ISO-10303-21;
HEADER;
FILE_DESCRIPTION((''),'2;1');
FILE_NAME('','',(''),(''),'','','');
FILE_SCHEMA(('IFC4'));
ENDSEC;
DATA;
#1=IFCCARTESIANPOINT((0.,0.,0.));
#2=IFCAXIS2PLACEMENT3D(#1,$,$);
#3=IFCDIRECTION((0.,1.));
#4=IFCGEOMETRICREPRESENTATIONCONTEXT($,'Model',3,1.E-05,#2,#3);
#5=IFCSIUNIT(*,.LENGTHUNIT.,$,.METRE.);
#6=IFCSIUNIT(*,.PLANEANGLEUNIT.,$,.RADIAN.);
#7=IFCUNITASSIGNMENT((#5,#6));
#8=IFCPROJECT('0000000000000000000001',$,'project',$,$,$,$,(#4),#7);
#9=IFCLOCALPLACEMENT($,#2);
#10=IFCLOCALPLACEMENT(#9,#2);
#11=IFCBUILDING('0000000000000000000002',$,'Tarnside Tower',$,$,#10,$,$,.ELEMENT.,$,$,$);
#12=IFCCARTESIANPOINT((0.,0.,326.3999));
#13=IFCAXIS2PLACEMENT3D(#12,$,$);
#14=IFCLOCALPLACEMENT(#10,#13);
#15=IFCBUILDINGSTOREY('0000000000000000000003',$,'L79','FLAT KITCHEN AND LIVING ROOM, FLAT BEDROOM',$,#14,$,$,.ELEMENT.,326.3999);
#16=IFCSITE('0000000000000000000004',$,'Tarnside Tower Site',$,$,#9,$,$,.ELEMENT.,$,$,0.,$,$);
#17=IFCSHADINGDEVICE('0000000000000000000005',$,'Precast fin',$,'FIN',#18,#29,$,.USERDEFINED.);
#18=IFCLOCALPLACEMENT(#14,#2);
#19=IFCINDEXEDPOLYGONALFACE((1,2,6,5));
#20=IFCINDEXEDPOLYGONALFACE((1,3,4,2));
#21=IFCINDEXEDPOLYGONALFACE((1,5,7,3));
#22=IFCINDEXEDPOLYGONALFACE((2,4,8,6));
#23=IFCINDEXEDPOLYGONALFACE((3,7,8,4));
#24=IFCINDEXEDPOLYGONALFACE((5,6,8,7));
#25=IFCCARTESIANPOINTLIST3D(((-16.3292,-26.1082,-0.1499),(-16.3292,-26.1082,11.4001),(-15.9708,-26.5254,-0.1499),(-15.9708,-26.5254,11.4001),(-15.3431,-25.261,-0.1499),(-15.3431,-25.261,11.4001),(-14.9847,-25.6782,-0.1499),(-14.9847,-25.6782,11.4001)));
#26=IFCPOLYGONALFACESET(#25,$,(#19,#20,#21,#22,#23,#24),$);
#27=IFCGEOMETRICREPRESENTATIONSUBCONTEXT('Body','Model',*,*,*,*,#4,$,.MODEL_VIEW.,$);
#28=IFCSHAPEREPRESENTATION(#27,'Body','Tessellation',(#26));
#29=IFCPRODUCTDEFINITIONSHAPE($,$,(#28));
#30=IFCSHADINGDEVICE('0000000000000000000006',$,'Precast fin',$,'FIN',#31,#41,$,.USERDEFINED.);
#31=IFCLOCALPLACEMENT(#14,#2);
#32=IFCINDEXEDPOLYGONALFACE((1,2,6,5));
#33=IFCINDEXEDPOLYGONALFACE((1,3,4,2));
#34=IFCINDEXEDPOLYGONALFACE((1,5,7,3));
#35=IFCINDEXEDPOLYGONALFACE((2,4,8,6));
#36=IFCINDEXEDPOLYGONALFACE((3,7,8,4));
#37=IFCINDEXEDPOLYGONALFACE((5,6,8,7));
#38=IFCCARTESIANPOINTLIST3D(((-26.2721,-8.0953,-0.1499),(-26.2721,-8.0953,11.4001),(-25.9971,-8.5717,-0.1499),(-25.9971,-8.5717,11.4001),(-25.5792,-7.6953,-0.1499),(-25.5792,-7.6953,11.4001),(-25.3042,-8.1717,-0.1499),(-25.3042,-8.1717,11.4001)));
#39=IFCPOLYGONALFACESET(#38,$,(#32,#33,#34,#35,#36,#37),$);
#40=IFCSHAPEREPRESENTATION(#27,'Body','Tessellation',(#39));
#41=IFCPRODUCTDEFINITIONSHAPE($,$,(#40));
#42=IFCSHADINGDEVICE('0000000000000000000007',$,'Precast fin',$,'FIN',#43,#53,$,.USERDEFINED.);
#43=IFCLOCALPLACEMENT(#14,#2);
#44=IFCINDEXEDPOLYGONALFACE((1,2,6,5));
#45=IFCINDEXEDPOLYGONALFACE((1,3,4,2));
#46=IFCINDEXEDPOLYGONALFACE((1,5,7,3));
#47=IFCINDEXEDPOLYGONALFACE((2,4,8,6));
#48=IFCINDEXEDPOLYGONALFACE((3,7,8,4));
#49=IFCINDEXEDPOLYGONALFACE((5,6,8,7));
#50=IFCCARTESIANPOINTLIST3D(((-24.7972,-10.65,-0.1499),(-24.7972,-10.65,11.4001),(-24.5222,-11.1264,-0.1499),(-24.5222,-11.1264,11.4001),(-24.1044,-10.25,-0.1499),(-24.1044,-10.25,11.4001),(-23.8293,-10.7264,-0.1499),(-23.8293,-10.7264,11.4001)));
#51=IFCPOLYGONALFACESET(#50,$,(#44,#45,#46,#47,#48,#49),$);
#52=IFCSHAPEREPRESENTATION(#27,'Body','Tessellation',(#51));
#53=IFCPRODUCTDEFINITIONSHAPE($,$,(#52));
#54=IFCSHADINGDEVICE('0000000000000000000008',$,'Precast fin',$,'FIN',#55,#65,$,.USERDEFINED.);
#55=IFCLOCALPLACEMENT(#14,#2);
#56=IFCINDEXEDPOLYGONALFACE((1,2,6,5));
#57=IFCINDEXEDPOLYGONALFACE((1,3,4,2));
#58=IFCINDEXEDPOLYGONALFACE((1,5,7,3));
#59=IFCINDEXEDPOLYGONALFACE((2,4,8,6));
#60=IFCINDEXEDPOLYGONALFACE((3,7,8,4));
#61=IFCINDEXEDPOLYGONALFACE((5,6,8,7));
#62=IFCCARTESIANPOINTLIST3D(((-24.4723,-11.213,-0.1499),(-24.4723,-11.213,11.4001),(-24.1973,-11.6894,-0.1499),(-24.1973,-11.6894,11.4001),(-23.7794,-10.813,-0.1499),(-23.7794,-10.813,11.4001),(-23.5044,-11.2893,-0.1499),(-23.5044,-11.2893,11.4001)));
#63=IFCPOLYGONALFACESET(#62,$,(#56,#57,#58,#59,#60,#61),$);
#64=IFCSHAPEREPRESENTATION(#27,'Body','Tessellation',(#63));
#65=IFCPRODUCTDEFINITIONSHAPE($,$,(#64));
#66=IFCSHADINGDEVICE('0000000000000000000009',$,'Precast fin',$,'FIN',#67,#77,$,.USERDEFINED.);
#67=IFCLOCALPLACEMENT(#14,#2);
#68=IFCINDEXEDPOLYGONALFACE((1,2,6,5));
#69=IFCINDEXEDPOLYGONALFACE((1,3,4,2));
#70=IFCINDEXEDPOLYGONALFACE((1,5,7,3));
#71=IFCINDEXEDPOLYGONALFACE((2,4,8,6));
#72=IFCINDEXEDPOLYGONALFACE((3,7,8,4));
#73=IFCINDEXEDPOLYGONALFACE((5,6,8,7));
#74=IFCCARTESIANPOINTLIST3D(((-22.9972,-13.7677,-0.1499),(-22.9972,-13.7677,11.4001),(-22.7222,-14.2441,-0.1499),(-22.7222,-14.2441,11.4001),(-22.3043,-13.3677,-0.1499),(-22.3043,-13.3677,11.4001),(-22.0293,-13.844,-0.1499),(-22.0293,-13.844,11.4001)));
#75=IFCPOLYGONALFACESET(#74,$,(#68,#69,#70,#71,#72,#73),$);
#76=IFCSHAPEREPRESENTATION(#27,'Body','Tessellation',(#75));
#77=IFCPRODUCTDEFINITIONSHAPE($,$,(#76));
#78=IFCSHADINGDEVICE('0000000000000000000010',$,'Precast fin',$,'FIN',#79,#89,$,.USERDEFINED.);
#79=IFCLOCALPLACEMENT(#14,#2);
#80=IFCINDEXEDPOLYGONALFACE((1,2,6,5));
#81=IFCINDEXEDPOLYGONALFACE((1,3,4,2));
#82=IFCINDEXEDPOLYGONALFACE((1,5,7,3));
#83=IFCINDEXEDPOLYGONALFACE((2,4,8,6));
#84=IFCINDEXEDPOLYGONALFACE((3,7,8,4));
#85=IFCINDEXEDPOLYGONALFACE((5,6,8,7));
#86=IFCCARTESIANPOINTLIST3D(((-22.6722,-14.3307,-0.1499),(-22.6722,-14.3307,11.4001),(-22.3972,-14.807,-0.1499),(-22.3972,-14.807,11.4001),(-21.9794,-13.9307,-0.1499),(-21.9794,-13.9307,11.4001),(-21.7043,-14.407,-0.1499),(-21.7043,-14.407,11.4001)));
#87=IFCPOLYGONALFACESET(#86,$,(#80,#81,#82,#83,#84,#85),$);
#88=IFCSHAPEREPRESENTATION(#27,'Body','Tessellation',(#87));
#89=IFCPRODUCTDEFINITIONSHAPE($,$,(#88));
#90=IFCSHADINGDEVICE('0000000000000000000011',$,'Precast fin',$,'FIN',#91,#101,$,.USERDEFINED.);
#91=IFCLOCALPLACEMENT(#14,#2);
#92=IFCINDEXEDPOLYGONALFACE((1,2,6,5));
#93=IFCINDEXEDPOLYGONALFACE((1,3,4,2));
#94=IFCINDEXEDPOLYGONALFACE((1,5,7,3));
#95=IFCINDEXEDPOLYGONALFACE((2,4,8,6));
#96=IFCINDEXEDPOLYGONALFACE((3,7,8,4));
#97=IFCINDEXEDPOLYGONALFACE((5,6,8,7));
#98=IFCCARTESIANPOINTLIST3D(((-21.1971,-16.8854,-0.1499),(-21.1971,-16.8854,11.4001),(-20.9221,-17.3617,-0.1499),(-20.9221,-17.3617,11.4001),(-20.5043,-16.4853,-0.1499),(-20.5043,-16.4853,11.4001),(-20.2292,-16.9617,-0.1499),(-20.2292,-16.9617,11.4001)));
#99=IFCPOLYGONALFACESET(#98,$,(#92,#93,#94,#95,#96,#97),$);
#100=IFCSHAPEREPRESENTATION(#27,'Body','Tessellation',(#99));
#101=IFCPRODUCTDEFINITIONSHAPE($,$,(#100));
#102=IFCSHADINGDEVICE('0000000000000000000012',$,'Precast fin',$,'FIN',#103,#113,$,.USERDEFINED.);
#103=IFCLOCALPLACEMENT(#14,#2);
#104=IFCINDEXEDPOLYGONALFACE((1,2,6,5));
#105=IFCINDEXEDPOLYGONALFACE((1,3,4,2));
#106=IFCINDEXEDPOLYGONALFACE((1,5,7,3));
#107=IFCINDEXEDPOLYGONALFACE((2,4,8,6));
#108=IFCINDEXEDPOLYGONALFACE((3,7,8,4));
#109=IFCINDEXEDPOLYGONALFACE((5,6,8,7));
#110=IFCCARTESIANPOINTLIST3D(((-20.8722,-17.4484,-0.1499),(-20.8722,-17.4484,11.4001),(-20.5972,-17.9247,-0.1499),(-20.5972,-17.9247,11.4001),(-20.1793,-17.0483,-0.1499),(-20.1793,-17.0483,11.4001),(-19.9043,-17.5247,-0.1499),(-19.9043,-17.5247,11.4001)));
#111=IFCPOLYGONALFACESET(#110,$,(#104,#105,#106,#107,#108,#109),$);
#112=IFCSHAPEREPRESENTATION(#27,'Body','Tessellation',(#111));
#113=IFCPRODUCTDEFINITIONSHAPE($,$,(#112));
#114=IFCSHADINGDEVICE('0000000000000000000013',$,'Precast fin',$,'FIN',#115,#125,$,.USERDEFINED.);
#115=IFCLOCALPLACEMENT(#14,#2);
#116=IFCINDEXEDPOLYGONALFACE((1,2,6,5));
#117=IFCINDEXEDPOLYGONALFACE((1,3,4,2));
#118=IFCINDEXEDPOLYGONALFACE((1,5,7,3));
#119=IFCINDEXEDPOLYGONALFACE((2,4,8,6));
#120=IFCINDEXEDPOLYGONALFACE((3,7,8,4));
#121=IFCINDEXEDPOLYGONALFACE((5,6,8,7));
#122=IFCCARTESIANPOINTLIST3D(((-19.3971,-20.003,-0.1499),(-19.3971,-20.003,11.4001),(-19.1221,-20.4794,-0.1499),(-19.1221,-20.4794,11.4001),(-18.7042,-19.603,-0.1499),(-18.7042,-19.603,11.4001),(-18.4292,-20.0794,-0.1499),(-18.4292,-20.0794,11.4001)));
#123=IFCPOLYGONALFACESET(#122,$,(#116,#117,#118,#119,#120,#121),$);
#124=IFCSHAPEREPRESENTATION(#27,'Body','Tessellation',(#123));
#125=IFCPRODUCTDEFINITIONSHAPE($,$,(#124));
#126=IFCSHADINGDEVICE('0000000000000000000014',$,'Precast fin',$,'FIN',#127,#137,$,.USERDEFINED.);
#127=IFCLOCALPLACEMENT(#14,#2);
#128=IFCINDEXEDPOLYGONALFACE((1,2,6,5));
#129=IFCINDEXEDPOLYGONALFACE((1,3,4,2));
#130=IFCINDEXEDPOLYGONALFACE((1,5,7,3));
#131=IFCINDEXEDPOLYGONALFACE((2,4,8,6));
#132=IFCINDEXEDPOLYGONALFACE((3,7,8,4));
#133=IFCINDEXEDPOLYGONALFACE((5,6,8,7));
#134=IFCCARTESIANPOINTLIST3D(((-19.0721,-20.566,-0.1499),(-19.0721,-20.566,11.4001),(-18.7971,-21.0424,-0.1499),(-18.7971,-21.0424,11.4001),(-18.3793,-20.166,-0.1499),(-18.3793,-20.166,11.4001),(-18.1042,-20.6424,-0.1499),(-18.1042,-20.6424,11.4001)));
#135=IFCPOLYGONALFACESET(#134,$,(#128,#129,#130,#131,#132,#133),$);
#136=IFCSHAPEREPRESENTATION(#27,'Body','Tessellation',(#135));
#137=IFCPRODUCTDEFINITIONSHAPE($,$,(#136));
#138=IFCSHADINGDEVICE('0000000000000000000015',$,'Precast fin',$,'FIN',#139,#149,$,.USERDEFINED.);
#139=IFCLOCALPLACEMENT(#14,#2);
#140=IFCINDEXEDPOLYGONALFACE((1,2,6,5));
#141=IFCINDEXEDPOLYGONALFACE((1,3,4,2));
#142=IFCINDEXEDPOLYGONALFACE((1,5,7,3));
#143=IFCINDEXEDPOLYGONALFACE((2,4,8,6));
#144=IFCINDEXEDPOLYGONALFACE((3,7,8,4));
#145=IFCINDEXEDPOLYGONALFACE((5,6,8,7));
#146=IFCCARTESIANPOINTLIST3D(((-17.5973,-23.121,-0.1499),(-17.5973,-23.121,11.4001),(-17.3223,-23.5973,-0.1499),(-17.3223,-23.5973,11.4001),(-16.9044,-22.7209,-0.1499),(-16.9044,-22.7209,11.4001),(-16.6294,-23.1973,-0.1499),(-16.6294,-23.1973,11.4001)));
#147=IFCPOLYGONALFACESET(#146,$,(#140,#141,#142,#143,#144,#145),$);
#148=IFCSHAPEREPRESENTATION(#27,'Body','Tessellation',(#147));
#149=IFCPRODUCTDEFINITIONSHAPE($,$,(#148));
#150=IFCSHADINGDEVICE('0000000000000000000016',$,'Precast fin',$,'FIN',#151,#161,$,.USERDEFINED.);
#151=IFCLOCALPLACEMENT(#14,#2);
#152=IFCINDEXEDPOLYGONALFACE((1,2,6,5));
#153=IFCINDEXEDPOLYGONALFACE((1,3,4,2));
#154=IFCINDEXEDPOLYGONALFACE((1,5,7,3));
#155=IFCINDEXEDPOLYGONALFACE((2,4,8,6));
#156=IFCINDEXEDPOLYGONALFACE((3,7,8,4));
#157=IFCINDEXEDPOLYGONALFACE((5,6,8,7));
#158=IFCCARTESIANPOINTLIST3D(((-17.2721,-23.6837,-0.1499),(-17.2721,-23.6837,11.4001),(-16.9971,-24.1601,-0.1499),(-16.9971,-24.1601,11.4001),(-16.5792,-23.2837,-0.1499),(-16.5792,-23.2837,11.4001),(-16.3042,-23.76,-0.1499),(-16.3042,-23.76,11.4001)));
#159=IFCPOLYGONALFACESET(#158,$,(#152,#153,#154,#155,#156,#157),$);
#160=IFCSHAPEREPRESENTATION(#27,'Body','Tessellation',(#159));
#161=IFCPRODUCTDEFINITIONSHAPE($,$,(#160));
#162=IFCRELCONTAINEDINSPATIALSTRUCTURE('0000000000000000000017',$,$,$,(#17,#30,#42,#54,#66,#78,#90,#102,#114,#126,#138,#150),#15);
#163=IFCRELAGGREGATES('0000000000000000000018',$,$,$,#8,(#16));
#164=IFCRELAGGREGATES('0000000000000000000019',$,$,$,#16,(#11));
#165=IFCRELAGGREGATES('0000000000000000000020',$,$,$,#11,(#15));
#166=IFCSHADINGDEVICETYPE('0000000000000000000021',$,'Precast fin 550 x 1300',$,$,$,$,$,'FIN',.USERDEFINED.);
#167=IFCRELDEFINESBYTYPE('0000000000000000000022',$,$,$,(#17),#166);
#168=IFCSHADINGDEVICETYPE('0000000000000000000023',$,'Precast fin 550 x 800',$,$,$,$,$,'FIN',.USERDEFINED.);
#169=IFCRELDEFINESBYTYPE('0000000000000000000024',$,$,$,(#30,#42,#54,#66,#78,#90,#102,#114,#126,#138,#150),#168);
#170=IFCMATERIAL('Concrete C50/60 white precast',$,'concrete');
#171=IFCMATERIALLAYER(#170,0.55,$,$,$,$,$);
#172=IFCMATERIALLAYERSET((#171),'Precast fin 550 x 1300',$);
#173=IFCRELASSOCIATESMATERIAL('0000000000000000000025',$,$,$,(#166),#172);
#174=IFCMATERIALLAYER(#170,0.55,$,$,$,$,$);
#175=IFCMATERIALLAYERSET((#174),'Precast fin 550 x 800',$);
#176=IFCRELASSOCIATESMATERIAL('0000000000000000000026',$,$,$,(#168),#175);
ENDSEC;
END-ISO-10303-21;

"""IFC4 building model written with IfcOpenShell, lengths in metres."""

from ifc_helpers import new_model, si_unit, direction, frame, origin, place, context, subcontext, project, spatial, polyline, outline, extrude, material, layer, layer_set, type_object, element, save


model = new_model("IFC4")

# Units and contexts
model_context = context("Model", 3, precision=1e-05, world=origin(), true_north=direction((0.0, 1.0)))
body_context = subcontext(model_context, "Body", "Model", "MODEL_VIEW")
ifc_project = project(units=[si_unit("LENGTHUNIT", "METRE"), si_unit("PLANEANGLEUNIT", "RADIAN")], contexts=[model_context])

# Site, building, storey
site_placement = place(None, origin())
site = spatial("IfcSite", under=ifc_project, at=site_placement, Name="Tarnside Tower Site", CompositionType="ELEMENT", RefElevation=0.0)
building_placement = place(site_placement, origin())
building = spatial("IfcBuilding", under=site, at=building_placement, Name="Tarnside Tower", CompositionType="ELEMENT")
storey_placement = place(building_placement, frame((0.0, 0.0, 326.3999)))
storey = spatial("IfcBuildingStorey", under=building, at=storey_placement, Name="L79", Description="FLAT KITCHEN AND LIVING ROOM, FLAT BEDROOM", CompositionType="ELEMENT", Elevation=326.3999)

# Shading devices
ifc_material_1 = material(Name="Concrete C50/60 white precast", Category="concrete")
ifc_layer_1 = layer(ifc_material_1, 0.55)
ifc_layer_set_1 = layer_set([ifc_layer_1], Name="Precast fin 550 x 1300")
shading_device_type_1 = type_object("IfcShadingDeviceType", Name="Precast fin 550 x 1300", ElementType="FIN", PredefinedType="USERDEFINED", material=ifc_layer_set_1)
shading_device_placement = place(storey_placement, frame((-15.1638, -25.4697, -0.1499), z_axis=(-0.651657, 0.758514, 0.0), x_axis=(-0.758514, -0.651657, 0.0)))
element("IfcShadingDevice", 1, at=shading_device_placement, inside=storey, type_object=shading_device_type_1, Name="Precast fin", ObjectType="FIN", PredefinedType="USERDEFINED", context=body_context, shape_type="SweptSolid", body=[
    extrude(outline(polyline([(0.0, 0.0), (1.3, 0.0), (1.3, 11.55), (0.0, 11.55), (0.0, 0.0)])), frame((0.0, 0.0, -0.2749)), (0.0, 0.0, 1.0), 0.55),
])
ifc_layer_2 = layer(ifc_material_1, 0.55)
ifc_layer_set_2 = layer_set([ifc_layer_2], Name="Precast fin 550 x 800")
shading_device_type_2 = type_object("IfcShadingDeviceType", Name="Precast fin 550 x 800", ElementType="FIN", PredefinedType="USERDEFINED", material=ifc_layer_set_2)
for number, where, z_axis, x_axis, name in (
    (2, (-25.4417, -7.9336, -0.1499), (-0.5, 0.866025, 0.0), (-0.866025, -0.5, 0.0), "Precast fin"),
    (3, (-23.9668, -10.4883, -0.1499), (-0.5, 0.866025, 0.0), (-0.866025, -0.5, 0.0), "Precast fin"),
    (4, (-23.6418, -11.0513, -0.1499), (-0.5, 0.866025, 0.0), (-0.866025, -0.5, 0.0), "Precast fin"),
    (5, (-22.1667, -13.606, -0.1499), (-0.5, 0.866025, 0.0), (-0.866025, -0.5, 0.0), "Precast fin"),
    (6, (-21.8418, -14.1689, -0.1499), (-0.5, 0.866025, 0.0), (-0.866025, -0.5, 0.0), "Precast fin"),
    (7, (-20.3667, -16.7236, -0.1499), (-0.5, 0.866025, 0.0), (-0.866025, -0.5, 0.0), "Precast fin"),
    (8, (-20.0417, -17.2866, -0.1499), (-0.5, 0.866025, 0.0), (-0.866025, -0.5, 0.0), "Precast fin"),
    (9, (-18.5667, -19.8413, -0.1499), (-0.5, 0.866025, 0.0), (-0.866025, -0.5, 0.0), "Precast fin"),
    (10, (-18.2417, -20.4043, -0.1499), (-0.5, 0.866025, 0.0), (-0.866025, -0.5, 0.0), "Precast fin"),
    (11, (-16.7668, -22.9592, -0.1499), (-0.5, 0.866025, 0.0), (-0.866025, -0.5, 0.0), "Precast fin"),
    (12, (-16.4417, -23.522, -0.1499), (-0.5, 0.866025, 0.0), (-0.866025, -0.5, 0.0), "Precast fin"),
):
    element("IfcShadingDevice", number, at=place(storey_placement, frame(where, z_axis=z_axis, x_axis=x_axis)), inside=storey, type_object=shading_device_type_2, Name=name, ObjectType="FIN", PredefinedType="USERDEFINED", context=body_context, shape_type="SweptSolid", body=[
        extrude(outline(polyline([(0.0, 0.0), (0.8, 0.0), (0.8, 11.55), (0.0, 11.55), (0.0, 0.0)])), frame((0.0, 0.0, -0.2749)), (0.0, 0.0, 1.0), 0.55),
    ])

save(model, "model.ifc")
